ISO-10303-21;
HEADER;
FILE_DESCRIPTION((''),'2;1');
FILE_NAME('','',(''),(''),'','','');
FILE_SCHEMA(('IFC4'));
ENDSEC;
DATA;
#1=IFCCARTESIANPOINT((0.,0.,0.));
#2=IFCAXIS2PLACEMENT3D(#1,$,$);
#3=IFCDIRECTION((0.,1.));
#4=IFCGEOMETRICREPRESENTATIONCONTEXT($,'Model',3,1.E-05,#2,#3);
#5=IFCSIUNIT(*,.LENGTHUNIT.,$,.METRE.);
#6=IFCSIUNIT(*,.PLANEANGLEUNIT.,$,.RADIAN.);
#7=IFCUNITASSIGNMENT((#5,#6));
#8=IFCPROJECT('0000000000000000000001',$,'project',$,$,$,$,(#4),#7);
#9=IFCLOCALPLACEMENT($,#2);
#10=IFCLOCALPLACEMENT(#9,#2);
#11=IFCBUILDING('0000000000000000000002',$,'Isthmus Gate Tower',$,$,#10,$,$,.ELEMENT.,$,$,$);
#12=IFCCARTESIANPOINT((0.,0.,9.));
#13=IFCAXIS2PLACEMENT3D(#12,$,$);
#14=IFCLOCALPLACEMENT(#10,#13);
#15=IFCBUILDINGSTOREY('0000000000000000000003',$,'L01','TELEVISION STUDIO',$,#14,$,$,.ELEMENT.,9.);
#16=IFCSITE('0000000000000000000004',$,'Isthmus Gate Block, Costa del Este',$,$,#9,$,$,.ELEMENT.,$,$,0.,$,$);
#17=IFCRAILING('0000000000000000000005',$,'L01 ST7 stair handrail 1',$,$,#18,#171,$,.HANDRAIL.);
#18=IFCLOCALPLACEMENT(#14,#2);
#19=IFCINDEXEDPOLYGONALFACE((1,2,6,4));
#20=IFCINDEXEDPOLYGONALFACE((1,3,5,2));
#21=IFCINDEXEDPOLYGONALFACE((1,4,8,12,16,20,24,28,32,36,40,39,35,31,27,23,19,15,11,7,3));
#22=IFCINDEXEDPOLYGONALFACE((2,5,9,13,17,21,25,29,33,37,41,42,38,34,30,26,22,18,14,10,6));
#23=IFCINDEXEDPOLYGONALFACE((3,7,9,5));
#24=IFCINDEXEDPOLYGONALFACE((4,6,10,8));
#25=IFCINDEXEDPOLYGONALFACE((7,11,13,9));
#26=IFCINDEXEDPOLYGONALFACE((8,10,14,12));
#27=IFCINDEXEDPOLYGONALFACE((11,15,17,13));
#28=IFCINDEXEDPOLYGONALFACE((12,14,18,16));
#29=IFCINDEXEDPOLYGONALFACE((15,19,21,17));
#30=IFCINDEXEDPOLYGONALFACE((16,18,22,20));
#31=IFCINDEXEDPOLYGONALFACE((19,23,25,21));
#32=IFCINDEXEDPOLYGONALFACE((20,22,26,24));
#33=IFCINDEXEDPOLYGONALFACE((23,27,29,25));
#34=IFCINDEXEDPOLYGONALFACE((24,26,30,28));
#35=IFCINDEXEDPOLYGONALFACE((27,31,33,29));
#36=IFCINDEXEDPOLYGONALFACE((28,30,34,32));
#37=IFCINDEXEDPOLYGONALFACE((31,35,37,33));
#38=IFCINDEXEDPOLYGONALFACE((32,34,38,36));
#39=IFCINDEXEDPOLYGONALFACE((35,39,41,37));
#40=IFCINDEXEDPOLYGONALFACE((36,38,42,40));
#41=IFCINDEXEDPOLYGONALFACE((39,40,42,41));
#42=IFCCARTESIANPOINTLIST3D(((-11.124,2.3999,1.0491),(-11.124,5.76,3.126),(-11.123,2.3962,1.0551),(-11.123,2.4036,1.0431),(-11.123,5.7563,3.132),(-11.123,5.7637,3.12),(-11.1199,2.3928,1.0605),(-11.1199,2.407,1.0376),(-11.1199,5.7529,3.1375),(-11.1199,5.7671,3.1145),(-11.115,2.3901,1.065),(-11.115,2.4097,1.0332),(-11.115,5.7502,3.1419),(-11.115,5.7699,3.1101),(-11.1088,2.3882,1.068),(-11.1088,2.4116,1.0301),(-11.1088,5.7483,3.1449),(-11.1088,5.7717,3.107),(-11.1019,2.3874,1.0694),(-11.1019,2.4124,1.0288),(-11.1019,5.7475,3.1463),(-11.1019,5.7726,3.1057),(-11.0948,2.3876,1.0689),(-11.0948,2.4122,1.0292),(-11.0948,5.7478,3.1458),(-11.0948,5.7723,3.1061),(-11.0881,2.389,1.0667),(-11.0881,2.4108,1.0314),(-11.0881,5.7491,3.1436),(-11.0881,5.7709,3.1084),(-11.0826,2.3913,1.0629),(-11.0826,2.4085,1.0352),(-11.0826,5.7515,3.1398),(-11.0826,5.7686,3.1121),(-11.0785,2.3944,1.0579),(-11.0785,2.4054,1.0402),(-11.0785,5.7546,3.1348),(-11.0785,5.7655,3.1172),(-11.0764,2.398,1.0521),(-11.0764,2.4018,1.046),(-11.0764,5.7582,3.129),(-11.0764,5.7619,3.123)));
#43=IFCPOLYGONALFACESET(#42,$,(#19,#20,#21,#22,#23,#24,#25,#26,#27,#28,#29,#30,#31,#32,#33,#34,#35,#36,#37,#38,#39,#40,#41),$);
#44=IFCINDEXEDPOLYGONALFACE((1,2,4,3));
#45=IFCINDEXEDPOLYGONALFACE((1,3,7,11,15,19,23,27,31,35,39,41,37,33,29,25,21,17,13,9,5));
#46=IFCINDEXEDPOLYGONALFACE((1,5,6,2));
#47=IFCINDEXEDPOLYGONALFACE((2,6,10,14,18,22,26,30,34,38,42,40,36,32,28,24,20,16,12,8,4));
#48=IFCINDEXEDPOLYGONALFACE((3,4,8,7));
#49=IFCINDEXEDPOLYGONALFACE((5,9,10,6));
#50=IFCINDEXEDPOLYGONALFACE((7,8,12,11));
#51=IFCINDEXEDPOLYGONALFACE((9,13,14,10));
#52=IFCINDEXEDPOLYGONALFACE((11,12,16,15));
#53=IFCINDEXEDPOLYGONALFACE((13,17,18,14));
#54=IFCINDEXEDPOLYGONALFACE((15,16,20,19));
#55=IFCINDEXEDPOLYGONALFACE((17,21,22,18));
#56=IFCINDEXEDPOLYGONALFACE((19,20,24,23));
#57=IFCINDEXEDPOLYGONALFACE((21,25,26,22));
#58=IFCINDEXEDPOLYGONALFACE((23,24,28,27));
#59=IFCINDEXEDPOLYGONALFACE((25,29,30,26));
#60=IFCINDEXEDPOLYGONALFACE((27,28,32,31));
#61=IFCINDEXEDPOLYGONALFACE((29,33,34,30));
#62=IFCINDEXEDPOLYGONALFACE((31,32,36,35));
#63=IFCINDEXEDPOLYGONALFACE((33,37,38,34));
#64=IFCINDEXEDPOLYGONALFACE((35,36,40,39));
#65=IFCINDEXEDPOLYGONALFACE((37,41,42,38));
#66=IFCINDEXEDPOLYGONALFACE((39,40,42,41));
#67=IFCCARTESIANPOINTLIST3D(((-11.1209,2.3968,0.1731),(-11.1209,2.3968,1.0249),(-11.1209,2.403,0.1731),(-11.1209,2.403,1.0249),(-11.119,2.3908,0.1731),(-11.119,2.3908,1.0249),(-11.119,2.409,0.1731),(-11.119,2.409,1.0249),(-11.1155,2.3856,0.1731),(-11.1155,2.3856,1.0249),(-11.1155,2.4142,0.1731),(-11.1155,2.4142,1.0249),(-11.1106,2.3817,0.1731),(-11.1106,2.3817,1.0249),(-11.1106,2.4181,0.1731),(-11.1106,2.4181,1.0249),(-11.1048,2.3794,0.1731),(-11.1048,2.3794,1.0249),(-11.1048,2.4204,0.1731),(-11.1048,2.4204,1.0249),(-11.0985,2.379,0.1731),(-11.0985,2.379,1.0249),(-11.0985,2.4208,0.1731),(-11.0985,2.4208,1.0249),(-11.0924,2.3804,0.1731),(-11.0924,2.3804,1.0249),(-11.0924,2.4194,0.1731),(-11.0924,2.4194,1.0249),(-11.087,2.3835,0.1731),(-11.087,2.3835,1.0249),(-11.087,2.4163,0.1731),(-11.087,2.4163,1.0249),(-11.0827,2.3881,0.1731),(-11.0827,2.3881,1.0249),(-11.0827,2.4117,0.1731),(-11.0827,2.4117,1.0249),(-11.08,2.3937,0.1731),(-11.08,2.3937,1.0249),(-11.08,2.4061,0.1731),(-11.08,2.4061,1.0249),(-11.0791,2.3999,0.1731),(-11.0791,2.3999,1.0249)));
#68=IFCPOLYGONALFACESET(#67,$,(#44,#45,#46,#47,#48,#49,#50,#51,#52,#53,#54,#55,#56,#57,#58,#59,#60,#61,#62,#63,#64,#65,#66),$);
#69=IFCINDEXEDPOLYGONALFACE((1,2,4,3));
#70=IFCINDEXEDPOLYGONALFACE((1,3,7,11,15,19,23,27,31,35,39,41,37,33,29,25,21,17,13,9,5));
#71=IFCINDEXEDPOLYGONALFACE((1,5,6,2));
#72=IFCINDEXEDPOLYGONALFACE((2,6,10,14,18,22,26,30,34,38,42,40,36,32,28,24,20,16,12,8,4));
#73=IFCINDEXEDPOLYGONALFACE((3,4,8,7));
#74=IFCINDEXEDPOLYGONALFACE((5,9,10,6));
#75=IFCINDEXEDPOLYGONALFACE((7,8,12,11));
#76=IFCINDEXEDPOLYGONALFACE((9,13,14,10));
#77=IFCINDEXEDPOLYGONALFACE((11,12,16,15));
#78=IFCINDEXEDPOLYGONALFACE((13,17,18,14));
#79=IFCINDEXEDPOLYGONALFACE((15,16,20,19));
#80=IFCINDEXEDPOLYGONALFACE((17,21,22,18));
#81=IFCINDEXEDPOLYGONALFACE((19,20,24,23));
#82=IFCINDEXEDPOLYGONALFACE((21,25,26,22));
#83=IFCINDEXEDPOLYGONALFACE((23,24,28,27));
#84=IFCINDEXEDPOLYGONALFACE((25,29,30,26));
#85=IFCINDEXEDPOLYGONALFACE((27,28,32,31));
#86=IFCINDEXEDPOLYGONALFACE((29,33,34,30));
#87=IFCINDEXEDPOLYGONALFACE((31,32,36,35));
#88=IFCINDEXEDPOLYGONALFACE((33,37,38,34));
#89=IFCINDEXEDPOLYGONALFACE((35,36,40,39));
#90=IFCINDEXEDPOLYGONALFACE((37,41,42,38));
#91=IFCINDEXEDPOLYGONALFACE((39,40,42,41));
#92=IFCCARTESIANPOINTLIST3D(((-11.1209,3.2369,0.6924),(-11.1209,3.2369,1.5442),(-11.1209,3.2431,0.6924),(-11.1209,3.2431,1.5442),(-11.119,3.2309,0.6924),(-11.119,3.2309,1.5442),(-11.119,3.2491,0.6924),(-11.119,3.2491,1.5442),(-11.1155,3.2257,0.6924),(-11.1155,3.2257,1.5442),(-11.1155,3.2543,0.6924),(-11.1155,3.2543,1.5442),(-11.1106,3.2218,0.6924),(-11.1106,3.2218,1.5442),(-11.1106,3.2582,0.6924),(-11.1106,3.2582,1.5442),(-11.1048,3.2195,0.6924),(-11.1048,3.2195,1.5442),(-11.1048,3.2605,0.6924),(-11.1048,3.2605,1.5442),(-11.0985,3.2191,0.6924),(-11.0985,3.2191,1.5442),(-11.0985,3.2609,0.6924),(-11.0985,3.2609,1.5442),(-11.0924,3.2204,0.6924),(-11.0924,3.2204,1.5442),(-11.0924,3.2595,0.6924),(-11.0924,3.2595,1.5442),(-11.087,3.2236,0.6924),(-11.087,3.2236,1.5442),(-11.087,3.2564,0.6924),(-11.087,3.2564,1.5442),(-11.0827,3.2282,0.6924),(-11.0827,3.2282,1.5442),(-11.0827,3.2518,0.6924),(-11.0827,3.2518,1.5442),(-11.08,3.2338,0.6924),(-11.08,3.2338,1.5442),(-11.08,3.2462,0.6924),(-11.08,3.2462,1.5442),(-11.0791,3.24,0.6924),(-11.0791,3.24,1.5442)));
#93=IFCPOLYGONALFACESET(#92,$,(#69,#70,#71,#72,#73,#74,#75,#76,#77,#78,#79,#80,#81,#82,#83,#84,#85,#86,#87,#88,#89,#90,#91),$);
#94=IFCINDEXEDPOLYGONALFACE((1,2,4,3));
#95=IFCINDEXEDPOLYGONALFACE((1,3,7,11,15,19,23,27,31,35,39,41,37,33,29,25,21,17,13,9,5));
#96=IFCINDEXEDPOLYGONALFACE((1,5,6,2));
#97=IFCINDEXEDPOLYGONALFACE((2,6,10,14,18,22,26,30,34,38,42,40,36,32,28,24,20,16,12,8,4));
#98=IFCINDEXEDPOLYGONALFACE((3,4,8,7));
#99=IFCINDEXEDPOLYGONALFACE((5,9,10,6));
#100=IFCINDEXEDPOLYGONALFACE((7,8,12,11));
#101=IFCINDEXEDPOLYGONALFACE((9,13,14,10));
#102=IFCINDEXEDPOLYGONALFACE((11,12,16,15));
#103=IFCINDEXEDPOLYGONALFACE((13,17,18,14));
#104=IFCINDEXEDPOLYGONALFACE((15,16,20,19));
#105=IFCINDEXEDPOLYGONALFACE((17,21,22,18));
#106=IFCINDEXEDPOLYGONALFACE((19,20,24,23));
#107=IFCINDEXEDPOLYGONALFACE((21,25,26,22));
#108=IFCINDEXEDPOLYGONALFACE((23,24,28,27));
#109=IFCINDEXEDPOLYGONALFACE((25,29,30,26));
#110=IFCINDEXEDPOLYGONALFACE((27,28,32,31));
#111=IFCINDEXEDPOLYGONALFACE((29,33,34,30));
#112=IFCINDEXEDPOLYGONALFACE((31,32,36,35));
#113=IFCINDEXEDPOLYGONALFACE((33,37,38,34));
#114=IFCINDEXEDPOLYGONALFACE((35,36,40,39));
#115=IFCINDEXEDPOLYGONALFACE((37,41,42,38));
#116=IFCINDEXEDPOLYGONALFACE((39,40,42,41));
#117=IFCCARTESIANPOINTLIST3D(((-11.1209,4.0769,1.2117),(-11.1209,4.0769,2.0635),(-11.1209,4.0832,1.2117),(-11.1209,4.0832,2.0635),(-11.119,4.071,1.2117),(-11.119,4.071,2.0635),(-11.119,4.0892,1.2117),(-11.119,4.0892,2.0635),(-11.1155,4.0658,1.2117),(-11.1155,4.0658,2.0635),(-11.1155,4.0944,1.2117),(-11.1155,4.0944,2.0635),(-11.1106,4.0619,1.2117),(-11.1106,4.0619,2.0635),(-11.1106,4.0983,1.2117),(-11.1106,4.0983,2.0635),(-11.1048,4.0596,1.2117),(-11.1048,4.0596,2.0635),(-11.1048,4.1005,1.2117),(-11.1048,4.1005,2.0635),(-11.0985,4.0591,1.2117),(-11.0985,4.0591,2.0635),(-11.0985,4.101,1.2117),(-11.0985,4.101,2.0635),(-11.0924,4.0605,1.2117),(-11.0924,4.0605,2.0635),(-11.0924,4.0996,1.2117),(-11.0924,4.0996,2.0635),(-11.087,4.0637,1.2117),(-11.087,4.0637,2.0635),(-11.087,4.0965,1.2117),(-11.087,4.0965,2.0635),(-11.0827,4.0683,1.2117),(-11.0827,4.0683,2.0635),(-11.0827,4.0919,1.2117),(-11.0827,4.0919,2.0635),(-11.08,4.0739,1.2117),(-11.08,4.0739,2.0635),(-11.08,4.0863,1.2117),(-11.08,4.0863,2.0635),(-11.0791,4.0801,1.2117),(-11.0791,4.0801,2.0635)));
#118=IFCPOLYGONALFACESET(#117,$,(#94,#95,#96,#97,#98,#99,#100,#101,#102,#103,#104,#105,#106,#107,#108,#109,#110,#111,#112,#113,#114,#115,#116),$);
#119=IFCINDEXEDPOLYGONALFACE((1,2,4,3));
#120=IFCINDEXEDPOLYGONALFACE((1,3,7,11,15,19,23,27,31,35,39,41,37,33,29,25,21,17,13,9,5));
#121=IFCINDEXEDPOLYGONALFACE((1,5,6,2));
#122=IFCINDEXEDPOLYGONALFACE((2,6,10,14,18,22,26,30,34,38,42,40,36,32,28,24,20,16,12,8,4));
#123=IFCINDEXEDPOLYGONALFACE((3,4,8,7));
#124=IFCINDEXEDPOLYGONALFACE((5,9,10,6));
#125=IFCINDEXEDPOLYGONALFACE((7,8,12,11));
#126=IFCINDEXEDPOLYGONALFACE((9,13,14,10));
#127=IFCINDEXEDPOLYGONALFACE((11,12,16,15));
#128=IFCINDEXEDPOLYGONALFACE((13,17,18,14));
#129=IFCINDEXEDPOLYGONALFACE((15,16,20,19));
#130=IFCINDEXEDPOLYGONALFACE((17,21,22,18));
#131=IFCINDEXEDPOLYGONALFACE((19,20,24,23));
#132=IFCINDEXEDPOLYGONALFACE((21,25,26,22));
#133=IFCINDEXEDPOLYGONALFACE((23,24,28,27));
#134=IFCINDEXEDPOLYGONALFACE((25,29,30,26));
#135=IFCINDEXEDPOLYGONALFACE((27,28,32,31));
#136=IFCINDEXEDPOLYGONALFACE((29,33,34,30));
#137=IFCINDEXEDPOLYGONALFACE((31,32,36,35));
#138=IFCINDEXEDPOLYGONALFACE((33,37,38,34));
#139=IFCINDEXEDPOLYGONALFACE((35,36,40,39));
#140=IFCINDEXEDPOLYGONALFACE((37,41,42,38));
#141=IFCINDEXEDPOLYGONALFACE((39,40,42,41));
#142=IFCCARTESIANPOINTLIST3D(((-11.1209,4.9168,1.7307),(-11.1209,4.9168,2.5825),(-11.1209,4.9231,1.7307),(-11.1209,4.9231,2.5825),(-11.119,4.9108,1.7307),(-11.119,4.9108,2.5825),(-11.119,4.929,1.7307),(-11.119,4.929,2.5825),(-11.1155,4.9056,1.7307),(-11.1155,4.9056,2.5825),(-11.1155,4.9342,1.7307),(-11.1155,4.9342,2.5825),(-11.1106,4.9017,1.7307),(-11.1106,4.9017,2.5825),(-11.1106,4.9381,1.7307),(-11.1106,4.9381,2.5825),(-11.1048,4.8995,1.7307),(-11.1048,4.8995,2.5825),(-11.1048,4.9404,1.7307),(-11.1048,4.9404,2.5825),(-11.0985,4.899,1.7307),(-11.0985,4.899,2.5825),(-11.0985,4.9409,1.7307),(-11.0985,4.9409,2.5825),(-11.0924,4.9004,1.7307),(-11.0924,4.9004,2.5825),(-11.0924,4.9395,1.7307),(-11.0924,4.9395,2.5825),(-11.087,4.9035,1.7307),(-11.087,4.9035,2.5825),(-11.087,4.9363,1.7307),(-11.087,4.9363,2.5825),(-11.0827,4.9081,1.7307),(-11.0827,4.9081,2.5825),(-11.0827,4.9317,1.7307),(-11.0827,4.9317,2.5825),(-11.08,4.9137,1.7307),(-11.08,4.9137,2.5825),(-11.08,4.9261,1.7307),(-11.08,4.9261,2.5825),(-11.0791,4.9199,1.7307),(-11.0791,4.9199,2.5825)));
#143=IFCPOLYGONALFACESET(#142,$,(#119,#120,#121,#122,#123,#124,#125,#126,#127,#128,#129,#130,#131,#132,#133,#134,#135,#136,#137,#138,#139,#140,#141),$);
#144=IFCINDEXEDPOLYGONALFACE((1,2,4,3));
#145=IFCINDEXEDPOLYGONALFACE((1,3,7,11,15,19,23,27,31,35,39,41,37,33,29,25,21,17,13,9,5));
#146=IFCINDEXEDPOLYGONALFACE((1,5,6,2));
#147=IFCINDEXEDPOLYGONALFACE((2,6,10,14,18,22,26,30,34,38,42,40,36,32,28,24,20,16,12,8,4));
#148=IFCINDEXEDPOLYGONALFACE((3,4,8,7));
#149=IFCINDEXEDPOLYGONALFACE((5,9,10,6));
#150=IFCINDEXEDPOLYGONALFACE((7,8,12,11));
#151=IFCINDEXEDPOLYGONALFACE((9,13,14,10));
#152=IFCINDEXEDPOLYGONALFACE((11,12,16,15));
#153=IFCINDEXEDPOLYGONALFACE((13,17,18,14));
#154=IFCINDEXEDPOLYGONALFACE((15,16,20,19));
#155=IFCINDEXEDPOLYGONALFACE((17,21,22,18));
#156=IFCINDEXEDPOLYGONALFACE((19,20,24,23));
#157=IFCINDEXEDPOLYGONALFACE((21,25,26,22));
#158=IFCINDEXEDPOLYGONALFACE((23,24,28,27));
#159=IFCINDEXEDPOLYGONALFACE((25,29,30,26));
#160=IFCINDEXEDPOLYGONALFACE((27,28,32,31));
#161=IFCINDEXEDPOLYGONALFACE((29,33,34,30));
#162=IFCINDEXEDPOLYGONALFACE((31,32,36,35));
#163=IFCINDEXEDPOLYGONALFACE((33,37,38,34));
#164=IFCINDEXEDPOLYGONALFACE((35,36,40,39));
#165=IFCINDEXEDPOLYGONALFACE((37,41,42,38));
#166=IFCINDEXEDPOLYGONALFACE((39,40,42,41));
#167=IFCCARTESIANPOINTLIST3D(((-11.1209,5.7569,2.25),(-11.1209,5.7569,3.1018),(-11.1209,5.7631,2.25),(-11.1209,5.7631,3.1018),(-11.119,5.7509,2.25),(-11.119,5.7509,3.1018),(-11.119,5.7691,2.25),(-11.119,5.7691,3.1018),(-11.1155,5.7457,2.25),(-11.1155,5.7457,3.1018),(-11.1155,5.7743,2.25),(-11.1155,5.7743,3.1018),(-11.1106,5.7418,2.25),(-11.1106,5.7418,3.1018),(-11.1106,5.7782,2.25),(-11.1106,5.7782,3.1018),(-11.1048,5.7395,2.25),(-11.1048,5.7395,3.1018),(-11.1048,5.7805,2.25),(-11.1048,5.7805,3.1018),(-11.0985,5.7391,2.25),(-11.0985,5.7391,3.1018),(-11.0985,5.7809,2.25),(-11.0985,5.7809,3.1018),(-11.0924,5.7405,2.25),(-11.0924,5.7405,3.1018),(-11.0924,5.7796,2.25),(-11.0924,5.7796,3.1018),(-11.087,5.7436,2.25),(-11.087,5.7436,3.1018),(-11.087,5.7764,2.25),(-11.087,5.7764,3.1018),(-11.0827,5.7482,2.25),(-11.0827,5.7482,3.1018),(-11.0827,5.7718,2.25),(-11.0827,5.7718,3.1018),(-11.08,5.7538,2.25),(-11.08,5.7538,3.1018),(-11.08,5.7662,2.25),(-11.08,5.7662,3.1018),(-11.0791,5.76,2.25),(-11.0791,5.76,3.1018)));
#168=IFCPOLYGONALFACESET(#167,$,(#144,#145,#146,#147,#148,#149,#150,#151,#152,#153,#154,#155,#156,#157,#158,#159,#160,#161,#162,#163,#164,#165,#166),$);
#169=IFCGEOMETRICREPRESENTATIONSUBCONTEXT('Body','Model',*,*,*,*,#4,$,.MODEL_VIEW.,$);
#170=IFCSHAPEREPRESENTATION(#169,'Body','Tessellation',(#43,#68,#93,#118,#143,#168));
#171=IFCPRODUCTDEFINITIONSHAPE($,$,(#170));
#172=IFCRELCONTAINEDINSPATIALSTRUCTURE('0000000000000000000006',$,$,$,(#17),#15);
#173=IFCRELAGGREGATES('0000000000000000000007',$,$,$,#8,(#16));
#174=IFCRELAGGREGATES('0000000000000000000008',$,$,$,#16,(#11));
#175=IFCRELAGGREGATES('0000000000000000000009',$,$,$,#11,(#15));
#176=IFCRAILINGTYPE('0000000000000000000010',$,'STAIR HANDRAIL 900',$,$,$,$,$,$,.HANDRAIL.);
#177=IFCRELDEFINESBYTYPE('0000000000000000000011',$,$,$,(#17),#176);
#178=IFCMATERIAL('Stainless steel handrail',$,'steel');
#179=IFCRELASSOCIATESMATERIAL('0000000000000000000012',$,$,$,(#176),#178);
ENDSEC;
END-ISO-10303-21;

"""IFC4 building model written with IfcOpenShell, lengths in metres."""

from ifc_helpers import new_model, si_unit, direction, frame, origin, origin_2d, place, context, subcontext, project, spatial, circle, extrude, material, type_object, element, save


model = new_model("IFC4")

# Units and contexts
model_context = context("Model", 3, precision=1e-05, world=origin(), true_north=direction((0.0, 1.0)))
body_context = subcontext(model_context, "Body", "Model", "MODEL_VIEW")
ifc_project = project(units=[si_unit("LENGTHUNIT", "METRE"), si_unit("PLANEANGLEUNIT", "RADIAN")], contexts=[model_context])

# Site, building, storey
site_placement = place(None, origin())
site = spatial("IfcSite", under=ifc_project, at=site_placement, Name="Isthmus Gate Block, Costa del Este", CompositionType="ELEMENT", RefElevation=0.0)
building_placement = place(site_placement, origin())
building = spatial("IfcBuilding", under=site, at=building_placement, Name="Isthmus Gate Tower", CompositionType="ELEMENT")
storey_placement = place(building_placement, frame((0.0, 0.0, 9.0)))
storey = spatial("IfcBuildingStorey", under=building, at=storey_placement, Name="L01", Description="TELEVISION STUDIO", CompositionType="ELEMENT", Elevation=9.0)

# Railing
ifc_material_1 = material(Name="Stainless steel handrail", Category="steel")
railing_type_1 = type_object("IfcRailingType", Name="STAIR HANDRAIL 900", PredefinedType="HANDRAIL", material=ifc_material_1)
railing_1_placement = place(storey_placement, frame((-11.1001, 2.3999, 0.1731)))
element("IfcRailing", 1, at=railing_1_placement, inside=storey, type_object=railing_type_1, Name="L01 ST7 stair handrail 1", PredefinedType="HANDRAIL", context=body_context, shape_type="SweptSolid", body=[
    extrude(circle(Radius=0.0239, at=origin_2d()), frame((0.0, 0.0, 0.876), z_axis=(0.0, 0.850623, 0.525776), x_axis=(-1.0, 0.0, 0.0)), (0.0, 0.0, 1.0), 3.9502),
    extrude(circle(Radius=0.021, at=origin_2d()), origin(), (0.0, 0.0, 1.0), 0.8518),
    extrude(circle(Radius=0.021, at=origin_2d()), frame((0.0, 0.8401, 0.5193)), (0.0, 0.0, 1.0), 0.8518),
    extrude(circle(Radius=0.021, at=origin_2d()), frame((0.0, 1.6802, 1.0386)), (0.0, 0.0, 1.0), 0.8518),
    extrude(circle(Radius=0.021, at=origin_2d()), frame((0.0, 2.52, 1.5576)), (0.0, 0.0, 1.0), 0.8518),
    extrude(circle(Radius=0.021, at=origin_2d()), frame((0.0, 3.3601, 2.0769)), (0.0, 0.0, 1.0), 0.8518),
])

save(model, "model.ifc")
